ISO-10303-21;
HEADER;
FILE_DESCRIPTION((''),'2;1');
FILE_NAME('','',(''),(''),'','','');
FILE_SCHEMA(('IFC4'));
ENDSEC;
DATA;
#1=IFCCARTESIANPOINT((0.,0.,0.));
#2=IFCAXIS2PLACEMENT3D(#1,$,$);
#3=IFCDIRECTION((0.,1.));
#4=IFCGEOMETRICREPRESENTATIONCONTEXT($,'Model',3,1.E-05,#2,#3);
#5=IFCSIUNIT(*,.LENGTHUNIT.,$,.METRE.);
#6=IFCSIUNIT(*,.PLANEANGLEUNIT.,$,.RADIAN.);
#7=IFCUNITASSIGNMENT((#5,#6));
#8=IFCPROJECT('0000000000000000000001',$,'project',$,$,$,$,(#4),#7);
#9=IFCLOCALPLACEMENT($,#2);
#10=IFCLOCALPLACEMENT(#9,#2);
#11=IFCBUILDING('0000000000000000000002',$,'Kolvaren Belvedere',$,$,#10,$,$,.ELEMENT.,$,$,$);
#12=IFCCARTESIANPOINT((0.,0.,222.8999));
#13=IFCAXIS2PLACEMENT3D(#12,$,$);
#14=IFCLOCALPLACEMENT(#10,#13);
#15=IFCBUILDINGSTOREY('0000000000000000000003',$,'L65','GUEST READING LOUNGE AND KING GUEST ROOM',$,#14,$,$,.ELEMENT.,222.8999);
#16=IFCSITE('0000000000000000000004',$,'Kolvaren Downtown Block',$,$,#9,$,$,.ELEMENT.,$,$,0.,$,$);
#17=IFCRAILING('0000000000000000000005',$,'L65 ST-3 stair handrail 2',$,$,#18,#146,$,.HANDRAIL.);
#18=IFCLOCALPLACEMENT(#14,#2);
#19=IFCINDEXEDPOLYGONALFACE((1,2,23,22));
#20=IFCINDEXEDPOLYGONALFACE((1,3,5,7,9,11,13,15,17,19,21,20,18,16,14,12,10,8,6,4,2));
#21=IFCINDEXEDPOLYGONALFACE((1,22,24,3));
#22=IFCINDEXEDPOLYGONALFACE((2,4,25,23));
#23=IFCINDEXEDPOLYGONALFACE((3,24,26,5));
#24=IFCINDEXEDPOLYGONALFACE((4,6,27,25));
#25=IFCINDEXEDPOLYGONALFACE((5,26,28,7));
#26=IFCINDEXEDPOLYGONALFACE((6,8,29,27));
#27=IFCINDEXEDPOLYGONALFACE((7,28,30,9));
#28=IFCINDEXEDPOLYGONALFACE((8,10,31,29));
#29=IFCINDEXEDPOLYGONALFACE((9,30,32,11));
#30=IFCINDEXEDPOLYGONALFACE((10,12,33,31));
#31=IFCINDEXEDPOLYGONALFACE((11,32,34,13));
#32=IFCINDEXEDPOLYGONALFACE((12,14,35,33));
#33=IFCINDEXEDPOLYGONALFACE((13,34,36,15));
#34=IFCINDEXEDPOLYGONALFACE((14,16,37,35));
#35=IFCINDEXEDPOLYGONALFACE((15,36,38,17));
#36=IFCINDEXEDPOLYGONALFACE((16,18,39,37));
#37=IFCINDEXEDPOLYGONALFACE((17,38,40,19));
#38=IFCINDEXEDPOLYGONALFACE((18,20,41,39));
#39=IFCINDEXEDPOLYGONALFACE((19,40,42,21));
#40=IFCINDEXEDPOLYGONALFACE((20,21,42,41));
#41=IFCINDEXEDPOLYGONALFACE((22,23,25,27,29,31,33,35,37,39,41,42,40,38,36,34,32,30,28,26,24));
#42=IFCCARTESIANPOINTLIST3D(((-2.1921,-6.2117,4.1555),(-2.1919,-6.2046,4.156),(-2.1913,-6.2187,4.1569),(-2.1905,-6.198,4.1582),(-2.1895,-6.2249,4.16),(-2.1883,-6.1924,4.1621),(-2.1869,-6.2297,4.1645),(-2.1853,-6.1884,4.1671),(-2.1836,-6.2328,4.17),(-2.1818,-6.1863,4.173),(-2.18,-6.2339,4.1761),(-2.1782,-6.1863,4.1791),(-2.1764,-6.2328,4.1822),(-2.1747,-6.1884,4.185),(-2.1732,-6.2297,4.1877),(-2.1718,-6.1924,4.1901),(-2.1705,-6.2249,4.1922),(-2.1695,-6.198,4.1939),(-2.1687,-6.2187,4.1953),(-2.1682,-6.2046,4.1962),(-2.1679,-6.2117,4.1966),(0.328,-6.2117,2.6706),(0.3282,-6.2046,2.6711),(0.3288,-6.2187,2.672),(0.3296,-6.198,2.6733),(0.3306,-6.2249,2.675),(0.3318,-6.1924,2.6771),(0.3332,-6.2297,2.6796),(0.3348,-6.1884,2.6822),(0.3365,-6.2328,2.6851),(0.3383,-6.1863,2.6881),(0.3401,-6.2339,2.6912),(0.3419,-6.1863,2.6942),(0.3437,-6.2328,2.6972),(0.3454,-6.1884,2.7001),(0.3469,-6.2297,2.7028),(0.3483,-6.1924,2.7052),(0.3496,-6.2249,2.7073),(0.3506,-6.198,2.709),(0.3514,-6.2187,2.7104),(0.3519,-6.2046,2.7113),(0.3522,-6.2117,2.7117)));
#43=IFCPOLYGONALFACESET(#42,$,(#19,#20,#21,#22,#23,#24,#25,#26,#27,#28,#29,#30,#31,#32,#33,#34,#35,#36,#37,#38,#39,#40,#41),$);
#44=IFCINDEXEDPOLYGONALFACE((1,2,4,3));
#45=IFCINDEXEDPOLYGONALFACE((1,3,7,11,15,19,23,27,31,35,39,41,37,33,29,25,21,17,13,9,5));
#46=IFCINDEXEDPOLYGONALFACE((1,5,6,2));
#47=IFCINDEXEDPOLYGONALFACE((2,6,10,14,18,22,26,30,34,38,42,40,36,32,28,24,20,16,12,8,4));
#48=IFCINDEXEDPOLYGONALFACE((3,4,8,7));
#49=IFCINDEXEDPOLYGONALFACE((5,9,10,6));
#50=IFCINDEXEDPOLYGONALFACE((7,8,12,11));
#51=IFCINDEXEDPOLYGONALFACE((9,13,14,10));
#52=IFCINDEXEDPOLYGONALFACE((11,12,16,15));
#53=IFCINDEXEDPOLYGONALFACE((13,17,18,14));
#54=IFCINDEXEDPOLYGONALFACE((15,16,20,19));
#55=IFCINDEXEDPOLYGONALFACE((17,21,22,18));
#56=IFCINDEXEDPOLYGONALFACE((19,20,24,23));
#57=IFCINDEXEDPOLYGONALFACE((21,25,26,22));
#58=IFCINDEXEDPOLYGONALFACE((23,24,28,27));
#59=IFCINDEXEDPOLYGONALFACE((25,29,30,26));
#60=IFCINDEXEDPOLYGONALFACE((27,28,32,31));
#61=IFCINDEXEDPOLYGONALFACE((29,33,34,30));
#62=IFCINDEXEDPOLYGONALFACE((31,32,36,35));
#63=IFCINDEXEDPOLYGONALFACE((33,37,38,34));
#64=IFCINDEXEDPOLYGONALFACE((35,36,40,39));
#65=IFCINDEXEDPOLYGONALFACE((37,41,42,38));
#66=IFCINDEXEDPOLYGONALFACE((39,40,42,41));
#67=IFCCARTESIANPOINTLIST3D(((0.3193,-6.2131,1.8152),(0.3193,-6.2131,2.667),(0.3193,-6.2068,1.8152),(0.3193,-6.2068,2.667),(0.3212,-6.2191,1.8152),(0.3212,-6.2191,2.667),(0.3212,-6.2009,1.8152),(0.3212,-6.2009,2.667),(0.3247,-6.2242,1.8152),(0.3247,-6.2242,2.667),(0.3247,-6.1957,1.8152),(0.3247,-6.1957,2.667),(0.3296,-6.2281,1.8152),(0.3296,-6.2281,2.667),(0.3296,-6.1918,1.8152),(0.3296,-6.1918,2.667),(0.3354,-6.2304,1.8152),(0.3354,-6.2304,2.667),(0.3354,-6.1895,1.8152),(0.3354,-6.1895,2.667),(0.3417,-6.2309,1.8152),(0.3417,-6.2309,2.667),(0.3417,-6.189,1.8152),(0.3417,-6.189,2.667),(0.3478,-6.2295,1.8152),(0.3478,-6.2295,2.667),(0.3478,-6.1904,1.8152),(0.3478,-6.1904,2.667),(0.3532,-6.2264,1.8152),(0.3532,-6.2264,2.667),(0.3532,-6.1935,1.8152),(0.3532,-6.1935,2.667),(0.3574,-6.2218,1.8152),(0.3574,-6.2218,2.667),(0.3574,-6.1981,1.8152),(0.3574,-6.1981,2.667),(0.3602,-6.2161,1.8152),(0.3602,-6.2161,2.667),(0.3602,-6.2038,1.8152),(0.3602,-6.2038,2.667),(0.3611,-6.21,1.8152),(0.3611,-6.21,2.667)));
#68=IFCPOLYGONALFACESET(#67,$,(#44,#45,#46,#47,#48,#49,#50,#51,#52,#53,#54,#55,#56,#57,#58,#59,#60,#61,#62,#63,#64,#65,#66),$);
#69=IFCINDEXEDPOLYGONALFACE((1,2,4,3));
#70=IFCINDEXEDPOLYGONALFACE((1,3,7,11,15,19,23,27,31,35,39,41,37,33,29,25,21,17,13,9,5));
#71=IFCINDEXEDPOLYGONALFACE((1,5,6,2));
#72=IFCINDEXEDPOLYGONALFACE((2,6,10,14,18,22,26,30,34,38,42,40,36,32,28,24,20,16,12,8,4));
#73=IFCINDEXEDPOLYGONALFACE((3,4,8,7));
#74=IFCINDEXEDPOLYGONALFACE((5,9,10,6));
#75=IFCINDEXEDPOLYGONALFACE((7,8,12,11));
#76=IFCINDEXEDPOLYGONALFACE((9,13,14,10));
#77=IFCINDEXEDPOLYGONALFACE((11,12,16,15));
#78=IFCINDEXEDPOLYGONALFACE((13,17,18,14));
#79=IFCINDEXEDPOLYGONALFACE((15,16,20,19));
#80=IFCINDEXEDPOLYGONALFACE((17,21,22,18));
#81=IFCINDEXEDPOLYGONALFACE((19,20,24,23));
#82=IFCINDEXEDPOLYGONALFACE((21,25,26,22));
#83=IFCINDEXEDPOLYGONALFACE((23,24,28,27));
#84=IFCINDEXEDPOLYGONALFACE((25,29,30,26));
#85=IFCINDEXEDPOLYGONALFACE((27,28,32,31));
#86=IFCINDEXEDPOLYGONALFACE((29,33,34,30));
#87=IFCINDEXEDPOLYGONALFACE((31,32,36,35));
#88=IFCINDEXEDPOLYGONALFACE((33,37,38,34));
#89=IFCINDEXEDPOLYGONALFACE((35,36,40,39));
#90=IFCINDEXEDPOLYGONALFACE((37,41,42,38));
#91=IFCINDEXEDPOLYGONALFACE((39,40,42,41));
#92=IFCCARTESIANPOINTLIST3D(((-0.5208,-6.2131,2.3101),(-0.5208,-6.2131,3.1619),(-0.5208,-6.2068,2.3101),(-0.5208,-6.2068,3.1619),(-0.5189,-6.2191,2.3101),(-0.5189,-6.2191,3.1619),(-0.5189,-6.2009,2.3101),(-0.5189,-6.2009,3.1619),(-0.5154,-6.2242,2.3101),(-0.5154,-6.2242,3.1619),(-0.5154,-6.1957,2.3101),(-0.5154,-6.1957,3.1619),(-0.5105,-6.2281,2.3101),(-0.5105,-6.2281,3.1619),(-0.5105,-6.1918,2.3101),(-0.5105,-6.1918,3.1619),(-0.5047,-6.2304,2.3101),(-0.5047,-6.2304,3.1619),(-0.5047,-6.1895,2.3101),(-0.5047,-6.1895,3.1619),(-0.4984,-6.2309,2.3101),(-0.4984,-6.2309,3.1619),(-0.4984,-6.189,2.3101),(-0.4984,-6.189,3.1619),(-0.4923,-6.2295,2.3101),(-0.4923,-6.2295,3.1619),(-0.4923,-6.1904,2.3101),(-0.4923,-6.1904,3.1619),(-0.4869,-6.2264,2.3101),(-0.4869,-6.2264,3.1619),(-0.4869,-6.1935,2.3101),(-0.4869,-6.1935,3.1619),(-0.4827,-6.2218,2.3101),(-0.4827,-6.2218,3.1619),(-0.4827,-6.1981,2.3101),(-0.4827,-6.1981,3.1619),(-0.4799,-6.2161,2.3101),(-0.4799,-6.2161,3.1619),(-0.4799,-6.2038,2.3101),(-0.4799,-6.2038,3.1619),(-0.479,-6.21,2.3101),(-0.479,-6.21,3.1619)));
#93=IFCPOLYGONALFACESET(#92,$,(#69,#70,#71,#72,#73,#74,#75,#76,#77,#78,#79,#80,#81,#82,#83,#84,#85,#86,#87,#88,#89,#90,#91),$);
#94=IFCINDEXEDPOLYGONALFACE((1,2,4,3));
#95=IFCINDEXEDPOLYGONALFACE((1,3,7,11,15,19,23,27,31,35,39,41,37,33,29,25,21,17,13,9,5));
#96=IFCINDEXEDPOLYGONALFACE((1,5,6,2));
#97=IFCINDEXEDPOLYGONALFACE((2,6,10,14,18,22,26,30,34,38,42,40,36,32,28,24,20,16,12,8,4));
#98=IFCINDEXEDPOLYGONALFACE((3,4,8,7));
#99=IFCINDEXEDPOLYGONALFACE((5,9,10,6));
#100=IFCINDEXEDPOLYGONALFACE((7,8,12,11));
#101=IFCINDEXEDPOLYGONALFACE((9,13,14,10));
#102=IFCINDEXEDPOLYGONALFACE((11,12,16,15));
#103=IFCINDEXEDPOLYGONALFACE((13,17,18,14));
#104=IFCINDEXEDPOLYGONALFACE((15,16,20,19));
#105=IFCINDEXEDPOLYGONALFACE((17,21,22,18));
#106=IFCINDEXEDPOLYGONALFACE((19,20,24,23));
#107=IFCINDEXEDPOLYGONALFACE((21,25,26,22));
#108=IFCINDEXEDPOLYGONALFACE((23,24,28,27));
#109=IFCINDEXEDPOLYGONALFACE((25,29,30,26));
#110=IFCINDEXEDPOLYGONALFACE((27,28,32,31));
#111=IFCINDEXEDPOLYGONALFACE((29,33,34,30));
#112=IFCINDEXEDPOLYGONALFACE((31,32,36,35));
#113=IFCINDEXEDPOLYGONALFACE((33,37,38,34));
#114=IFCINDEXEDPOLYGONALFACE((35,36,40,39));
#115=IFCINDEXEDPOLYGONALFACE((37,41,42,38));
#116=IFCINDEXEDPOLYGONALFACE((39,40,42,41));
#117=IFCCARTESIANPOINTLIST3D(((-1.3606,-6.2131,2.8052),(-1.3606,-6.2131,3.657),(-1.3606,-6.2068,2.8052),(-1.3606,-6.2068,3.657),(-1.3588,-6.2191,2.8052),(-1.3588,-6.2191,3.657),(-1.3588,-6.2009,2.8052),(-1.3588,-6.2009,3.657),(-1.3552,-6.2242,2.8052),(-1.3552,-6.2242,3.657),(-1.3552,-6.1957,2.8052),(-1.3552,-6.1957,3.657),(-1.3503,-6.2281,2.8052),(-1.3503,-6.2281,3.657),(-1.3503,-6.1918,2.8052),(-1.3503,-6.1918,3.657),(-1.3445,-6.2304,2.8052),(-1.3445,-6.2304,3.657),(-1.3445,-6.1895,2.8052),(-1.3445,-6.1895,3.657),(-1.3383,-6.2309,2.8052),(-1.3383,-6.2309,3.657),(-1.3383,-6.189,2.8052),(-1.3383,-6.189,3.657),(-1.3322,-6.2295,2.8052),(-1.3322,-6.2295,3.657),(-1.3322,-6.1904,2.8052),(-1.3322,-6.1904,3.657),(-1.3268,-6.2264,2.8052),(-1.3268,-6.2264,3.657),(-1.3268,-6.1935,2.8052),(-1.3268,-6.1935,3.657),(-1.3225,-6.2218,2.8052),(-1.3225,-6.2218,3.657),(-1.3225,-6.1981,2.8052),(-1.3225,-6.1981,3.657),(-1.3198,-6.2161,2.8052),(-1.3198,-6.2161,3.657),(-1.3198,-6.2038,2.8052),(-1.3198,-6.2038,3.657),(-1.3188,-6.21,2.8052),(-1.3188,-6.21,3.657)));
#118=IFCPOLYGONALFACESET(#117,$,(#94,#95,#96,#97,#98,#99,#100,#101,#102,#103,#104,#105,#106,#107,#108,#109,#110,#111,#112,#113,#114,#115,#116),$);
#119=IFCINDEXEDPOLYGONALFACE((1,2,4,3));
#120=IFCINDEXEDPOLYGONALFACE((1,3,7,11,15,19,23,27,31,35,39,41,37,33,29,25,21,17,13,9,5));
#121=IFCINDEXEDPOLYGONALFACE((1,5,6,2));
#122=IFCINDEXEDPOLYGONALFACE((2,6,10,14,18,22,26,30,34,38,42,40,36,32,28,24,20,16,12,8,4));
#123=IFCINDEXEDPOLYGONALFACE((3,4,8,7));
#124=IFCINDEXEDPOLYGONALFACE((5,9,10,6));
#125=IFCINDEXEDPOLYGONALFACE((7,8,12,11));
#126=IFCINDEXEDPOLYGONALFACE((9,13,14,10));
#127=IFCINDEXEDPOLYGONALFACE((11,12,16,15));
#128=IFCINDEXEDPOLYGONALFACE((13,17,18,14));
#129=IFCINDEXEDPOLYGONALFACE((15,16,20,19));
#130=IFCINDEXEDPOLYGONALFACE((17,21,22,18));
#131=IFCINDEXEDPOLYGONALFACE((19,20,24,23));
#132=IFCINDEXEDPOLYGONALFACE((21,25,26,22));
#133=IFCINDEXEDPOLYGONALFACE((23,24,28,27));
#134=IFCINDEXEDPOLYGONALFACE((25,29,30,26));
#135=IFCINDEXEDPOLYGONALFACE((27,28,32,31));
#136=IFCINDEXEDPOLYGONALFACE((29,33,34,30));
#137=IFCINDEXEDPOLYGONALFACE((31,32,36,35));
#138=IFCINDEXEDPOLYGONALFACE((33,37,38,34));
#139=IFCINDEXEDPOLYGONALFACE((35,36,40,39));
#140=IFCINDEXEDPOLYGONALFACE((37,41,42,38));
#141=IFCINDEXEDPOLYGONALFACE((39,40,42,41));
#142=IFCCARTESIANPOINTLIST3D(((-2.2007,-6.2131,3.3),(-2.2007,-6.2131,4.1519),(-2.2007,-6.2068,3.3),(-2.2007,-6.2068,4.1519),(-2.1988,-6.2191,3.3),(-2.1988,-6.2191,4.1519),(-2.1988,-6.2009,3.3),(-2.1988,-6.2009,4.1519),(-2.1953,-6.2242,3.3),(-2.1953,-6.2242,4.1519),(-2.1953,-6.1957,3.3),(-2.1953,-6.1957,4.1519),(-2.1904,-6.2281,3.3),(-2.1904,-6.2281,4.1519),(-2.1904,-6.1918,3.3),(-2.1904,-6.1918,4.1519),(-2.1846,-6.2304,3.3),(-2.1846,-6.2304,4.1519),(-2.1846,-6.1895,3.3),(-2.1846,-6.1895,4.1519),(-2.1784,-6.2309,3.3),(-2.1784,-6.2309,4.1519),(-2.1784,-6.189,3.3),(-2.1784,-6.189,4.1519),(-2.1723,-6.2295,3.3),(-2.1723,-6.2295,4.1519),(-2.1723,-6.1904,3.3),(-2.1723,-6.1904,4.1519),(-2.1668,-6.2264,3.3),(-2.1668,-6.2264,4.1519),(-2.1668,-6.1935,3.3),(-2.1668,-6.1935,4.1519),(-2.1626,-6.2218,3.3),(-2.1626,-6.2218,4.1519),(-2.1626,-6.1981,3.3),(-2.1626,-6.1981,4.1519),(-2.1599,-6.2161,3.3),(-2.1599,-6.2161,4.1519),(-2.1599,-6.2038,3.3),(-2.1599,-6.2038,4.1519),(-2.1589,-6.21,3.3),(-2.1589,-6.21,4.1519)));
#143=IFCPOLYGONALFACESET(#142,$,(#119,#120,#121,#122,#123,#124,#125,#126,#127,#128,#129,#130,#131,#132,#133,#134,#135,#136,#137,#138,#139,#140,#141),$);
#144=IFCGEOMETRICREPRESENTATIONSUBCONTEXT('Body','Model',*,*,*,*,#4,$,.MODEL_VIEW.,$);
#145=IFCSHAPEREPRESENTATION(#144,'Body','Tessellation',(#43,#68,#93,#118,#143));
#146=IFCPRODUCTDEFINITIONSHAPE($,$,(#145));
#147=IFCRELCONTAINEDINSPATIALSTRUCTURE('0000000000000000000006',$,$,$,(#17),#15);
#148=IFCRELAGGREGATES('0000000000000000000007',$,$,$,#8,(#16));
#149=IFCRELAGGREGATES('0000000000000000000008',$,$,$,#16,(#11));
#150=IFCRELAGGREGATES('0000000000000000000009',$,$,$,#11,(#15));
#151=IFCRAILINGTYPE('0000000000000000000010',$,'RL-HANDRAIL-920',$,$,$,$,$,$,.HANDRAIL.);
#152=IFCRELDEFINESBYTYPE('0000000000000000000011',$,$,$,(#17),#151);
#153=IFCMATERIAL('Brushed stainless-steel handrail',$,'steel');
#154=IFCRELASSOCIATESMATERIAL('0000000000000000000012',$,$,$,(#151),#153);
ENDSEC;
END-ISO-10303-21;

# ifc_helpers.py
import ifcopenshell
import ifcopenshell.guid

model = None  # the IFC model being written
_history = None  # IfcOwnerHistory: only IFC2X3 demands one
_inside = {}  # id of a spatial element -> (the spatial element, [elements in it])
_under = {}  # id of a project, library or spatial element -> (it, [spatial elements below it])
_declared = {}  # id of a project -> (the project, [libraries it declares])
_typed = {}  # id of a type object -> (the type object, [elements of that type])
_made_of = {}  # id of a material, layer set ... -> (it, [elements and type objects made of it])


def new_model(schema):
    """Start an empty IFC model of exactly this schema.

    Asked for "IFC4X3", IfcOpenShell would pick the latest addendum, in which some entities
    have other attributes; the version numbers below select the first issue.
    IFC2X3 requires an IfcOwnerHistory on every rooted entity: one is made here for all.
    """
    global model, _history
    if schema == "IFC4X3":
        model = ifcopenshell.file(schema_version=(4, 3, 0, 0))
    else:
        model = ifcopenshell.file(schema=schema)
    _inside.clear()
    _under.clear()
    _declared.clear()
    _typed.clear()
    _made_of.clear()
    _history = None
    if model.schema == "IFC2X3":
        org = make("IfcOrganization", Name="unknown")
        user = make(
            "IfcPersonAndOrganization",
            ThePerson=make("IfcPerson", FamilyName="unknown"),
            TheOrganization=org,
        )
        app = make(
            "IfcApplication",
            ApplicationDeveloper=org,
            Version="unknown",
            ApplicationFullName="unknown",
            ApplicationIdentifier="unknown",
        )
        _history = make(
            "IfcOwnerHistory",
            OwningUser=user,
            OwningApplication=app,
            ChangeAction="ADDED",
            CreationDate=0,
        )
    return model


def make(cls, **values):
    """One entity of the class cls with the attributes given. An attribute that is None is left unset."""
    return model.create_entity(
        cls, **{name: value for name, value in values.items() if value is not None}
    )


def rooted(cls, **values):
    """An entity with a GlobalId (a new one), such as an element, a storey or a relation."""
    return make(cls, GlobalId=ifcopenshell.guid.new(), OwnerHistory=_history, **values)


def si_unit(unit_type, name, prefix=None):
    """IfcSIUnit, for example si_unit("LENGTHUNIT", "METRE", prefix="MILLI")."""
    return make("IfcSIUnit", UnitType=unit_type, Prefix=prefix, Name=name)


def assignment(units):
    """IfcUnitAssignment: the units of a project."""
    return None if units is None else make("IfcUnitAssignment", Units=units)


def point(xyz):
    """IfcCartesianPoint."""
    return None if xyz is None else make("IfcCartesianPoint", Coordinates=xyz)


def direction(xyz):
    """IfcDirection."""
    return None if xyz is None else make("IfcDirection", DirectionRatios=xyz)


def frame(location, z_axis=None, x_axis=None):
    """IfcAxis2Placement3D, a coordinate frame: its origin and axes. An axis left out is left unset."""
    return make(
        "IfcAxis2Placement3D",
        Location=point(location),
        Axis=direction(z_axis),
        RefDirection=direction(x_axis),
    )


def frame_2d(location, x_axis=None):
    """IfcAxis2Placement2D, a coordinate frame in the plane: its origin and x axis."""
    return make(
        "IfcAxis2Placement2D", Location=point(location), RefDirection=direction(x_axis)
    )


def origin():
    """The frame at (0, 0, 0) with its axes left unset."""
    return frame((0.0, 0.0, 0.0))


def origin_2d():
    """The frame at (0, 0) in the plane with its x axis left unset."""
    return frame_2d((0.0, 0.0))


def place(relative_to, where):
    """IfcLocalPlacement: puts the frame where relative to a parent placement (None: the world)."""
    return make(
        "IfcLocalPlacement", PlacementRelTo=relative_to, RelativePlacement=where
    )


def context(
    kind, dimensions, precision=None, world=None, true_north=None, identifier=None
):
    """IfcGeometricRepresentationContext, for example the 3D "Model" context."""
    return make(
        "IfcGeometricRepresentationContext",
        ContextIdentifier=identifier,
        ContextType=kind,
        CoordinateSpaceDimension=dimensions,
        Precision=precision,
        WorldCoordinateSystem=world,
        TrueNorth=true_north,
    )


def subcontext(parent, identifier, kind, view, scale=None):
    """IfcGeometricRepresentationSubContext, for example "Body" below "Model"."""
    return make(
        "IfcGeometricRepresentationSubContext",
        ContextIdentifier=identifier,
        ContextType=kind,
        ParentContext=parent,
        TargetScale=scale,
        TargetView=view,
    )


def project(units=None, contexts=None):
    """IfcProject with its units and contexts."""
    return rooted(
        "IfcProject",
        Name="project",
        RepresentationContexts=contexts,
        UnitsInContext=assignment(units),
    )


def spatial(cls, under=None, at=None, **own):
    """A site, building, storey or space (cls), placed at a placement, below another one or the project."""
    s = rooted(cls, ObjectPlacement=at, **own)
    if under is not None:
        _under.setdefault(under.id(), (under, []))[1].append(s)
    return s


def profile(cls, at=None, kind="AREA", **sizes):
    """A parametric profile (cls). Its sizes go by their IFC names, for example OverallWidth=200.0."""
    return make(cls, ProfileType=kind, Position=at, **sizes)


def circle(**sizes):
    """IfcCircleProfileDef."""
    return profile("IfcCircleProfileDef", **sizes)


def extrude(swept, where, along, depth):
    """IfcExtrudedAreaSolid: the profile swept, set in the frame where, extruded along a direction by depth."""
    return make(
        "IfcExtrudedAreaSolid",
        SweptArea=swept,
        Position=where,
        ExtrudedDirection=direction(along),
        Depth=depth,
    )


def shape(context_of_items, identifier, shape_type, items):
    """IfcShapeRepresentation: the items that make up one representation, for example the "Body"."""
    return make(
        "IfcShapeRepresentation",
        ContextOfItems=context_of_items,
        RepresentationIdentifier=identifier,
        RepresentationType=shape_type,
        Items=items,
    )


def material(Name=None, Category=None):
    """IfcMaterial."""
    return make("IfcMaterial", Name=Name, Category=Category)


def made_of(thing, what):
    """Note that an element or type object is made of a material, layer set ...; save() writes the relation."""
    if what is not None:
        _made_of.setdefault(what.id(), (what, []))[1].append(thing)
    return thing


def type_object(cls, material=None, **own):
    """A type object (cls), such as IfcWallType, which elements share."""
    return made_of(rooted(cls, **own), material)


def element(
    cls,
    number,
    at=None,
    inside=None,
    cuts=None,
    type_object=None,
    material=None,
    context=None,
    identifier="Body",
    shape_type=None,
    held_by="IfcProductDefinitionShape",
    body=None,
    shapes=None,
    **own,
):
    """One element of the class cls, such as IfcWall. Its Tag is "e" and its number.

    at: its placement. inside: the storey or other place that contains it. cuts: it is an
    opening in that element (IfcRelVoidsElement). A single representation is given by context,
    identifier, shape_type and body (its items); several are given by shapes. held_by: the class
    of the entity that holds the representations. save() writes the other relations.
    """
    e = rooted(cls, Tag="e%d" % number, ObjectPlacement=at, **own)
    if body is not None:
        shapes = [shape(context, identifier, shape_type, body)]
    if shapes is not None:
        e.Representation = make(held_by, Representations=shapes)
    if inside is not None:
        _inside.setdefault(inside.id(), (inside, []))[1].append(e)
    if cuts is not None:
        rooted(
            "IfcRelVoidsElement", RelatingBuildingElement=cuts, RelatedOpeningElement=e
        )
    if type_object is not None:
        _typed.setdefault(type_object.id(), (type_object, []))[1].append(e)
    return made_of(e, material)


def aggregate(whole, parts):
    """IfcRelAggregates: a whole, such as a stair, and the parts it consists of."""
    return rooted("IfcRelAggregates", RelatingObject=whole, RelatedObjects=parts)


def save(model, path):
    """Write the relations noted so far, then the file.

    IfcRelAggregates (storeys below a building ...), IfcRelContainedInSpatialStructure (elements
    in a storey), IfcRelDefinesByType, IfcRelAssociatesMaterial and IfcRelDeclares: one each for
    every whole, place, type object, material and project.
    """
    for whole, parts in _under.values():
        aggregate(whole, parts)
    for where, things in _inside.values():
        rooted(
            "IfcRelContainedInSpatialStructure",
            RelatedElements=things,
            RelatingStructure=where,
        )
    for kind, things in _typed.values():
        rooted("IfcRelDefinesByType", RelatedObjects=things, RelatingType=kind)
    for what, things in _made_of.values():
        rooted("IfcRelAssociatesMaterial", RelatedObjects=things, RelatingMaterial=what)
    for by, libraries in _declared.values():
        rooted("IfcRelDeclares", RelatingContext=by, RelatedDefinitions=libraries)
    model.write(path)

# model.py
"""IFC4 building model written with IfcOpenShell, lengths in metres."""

from ifc_helpers import new_model, si_unit, direction, frame, origin, origin_2d, place, context, subcontext, project, spatial, circle, extrude, material, type_object, element, save


model = new_model("IFC4")

# Units and contexts
model_context = context("Model", 3, precision=1e-05, world=origin(), true_north=direction((0.0, 1.0)))
body_context = subcontext(model_context, "Body", "Model", "MODEL_VIEW")
ifc_project = project(units=[si_unit("LENGTHUNIT", "METRE"), si_unit("PLANEANGLEUNIT", "RADIAN")], contexts=[model_context])

# Site, building, storey
site_placement = place(None, origin())
site = spatial("IfcSite", under=ifc_project, at=site_placement, Name="Kolvaren Downtown Block", CompositionType="ELEMENT", RefElevation=0.0)
building_placement = place(site_placement, origin())
building = spatial("IfcBuilding", under=site, at=building_placement, Name="Kolvaren Belvedere", CompositionType="ELEMENT")
storey_placement = place(building_placement, frame((0.0, 0.0, 222.8999)))
storey = spatial("IfcBuildingStorey", under=building, at=storey_placement, Name="L65", Description="GUEST READING LOUNGE AND KING GUEST ROOM", CompositionType="ELEMENT", Elevation=222.8999)

# Railing
ifc_material_1 = material(Name="Brushed stainless-steel handrail", Category="steel")
railing_type_1 = type_object("IfcRailingType", Name="RL-HANDRAIL-920", PredefinedType="HANDRAIL", material=ifc_material_1)
railing_1_placement = place(storey_placement, frame((0.3401, -6.21, 1.8152)))
element("IfcRailing", 1, at=railing_1_placement, inside=storey, type_object=railing_type_1, Name="L65 ST-3 stair handrail 2", PredefinedType="HANDRAIL", context=body_context, shape_type="SweptSolid", body=[
    extrude(circle(Radius=0.0239, at=origin_2d()), frame((0.0, 0.0, 0.876), z_axis=(-0.861561, 0.0, 0.507655), x_axis=(0.0, -1.0, 0.0)), (0.0, 0.0, 1.0), 2.925),
    extrude(circle(Radius=0.021, at=origin_2d()), origin(), (0.0, 0.0, 1.0), 0.8518),
    extrude(circle(Radius=0.021, at=origin_2d()), frame((-0.8401, 0.0, 0.4949)), (0.0, 0.0, 1.0), 0.8518),
    extrude(circle(Radius=0.021, at=origin_2d()), frame((-1.6799, 0.0, 0.99)), (0.0, 0.0, 1.0), 0.8518),
    extrude(circle(Radius=0.021, at=origin_2d()), frame((-2.52, 0.0, 1.4849)), (0.0, 0.0, 1.0), 0.8518),
])

save(model, "model.ifc")
